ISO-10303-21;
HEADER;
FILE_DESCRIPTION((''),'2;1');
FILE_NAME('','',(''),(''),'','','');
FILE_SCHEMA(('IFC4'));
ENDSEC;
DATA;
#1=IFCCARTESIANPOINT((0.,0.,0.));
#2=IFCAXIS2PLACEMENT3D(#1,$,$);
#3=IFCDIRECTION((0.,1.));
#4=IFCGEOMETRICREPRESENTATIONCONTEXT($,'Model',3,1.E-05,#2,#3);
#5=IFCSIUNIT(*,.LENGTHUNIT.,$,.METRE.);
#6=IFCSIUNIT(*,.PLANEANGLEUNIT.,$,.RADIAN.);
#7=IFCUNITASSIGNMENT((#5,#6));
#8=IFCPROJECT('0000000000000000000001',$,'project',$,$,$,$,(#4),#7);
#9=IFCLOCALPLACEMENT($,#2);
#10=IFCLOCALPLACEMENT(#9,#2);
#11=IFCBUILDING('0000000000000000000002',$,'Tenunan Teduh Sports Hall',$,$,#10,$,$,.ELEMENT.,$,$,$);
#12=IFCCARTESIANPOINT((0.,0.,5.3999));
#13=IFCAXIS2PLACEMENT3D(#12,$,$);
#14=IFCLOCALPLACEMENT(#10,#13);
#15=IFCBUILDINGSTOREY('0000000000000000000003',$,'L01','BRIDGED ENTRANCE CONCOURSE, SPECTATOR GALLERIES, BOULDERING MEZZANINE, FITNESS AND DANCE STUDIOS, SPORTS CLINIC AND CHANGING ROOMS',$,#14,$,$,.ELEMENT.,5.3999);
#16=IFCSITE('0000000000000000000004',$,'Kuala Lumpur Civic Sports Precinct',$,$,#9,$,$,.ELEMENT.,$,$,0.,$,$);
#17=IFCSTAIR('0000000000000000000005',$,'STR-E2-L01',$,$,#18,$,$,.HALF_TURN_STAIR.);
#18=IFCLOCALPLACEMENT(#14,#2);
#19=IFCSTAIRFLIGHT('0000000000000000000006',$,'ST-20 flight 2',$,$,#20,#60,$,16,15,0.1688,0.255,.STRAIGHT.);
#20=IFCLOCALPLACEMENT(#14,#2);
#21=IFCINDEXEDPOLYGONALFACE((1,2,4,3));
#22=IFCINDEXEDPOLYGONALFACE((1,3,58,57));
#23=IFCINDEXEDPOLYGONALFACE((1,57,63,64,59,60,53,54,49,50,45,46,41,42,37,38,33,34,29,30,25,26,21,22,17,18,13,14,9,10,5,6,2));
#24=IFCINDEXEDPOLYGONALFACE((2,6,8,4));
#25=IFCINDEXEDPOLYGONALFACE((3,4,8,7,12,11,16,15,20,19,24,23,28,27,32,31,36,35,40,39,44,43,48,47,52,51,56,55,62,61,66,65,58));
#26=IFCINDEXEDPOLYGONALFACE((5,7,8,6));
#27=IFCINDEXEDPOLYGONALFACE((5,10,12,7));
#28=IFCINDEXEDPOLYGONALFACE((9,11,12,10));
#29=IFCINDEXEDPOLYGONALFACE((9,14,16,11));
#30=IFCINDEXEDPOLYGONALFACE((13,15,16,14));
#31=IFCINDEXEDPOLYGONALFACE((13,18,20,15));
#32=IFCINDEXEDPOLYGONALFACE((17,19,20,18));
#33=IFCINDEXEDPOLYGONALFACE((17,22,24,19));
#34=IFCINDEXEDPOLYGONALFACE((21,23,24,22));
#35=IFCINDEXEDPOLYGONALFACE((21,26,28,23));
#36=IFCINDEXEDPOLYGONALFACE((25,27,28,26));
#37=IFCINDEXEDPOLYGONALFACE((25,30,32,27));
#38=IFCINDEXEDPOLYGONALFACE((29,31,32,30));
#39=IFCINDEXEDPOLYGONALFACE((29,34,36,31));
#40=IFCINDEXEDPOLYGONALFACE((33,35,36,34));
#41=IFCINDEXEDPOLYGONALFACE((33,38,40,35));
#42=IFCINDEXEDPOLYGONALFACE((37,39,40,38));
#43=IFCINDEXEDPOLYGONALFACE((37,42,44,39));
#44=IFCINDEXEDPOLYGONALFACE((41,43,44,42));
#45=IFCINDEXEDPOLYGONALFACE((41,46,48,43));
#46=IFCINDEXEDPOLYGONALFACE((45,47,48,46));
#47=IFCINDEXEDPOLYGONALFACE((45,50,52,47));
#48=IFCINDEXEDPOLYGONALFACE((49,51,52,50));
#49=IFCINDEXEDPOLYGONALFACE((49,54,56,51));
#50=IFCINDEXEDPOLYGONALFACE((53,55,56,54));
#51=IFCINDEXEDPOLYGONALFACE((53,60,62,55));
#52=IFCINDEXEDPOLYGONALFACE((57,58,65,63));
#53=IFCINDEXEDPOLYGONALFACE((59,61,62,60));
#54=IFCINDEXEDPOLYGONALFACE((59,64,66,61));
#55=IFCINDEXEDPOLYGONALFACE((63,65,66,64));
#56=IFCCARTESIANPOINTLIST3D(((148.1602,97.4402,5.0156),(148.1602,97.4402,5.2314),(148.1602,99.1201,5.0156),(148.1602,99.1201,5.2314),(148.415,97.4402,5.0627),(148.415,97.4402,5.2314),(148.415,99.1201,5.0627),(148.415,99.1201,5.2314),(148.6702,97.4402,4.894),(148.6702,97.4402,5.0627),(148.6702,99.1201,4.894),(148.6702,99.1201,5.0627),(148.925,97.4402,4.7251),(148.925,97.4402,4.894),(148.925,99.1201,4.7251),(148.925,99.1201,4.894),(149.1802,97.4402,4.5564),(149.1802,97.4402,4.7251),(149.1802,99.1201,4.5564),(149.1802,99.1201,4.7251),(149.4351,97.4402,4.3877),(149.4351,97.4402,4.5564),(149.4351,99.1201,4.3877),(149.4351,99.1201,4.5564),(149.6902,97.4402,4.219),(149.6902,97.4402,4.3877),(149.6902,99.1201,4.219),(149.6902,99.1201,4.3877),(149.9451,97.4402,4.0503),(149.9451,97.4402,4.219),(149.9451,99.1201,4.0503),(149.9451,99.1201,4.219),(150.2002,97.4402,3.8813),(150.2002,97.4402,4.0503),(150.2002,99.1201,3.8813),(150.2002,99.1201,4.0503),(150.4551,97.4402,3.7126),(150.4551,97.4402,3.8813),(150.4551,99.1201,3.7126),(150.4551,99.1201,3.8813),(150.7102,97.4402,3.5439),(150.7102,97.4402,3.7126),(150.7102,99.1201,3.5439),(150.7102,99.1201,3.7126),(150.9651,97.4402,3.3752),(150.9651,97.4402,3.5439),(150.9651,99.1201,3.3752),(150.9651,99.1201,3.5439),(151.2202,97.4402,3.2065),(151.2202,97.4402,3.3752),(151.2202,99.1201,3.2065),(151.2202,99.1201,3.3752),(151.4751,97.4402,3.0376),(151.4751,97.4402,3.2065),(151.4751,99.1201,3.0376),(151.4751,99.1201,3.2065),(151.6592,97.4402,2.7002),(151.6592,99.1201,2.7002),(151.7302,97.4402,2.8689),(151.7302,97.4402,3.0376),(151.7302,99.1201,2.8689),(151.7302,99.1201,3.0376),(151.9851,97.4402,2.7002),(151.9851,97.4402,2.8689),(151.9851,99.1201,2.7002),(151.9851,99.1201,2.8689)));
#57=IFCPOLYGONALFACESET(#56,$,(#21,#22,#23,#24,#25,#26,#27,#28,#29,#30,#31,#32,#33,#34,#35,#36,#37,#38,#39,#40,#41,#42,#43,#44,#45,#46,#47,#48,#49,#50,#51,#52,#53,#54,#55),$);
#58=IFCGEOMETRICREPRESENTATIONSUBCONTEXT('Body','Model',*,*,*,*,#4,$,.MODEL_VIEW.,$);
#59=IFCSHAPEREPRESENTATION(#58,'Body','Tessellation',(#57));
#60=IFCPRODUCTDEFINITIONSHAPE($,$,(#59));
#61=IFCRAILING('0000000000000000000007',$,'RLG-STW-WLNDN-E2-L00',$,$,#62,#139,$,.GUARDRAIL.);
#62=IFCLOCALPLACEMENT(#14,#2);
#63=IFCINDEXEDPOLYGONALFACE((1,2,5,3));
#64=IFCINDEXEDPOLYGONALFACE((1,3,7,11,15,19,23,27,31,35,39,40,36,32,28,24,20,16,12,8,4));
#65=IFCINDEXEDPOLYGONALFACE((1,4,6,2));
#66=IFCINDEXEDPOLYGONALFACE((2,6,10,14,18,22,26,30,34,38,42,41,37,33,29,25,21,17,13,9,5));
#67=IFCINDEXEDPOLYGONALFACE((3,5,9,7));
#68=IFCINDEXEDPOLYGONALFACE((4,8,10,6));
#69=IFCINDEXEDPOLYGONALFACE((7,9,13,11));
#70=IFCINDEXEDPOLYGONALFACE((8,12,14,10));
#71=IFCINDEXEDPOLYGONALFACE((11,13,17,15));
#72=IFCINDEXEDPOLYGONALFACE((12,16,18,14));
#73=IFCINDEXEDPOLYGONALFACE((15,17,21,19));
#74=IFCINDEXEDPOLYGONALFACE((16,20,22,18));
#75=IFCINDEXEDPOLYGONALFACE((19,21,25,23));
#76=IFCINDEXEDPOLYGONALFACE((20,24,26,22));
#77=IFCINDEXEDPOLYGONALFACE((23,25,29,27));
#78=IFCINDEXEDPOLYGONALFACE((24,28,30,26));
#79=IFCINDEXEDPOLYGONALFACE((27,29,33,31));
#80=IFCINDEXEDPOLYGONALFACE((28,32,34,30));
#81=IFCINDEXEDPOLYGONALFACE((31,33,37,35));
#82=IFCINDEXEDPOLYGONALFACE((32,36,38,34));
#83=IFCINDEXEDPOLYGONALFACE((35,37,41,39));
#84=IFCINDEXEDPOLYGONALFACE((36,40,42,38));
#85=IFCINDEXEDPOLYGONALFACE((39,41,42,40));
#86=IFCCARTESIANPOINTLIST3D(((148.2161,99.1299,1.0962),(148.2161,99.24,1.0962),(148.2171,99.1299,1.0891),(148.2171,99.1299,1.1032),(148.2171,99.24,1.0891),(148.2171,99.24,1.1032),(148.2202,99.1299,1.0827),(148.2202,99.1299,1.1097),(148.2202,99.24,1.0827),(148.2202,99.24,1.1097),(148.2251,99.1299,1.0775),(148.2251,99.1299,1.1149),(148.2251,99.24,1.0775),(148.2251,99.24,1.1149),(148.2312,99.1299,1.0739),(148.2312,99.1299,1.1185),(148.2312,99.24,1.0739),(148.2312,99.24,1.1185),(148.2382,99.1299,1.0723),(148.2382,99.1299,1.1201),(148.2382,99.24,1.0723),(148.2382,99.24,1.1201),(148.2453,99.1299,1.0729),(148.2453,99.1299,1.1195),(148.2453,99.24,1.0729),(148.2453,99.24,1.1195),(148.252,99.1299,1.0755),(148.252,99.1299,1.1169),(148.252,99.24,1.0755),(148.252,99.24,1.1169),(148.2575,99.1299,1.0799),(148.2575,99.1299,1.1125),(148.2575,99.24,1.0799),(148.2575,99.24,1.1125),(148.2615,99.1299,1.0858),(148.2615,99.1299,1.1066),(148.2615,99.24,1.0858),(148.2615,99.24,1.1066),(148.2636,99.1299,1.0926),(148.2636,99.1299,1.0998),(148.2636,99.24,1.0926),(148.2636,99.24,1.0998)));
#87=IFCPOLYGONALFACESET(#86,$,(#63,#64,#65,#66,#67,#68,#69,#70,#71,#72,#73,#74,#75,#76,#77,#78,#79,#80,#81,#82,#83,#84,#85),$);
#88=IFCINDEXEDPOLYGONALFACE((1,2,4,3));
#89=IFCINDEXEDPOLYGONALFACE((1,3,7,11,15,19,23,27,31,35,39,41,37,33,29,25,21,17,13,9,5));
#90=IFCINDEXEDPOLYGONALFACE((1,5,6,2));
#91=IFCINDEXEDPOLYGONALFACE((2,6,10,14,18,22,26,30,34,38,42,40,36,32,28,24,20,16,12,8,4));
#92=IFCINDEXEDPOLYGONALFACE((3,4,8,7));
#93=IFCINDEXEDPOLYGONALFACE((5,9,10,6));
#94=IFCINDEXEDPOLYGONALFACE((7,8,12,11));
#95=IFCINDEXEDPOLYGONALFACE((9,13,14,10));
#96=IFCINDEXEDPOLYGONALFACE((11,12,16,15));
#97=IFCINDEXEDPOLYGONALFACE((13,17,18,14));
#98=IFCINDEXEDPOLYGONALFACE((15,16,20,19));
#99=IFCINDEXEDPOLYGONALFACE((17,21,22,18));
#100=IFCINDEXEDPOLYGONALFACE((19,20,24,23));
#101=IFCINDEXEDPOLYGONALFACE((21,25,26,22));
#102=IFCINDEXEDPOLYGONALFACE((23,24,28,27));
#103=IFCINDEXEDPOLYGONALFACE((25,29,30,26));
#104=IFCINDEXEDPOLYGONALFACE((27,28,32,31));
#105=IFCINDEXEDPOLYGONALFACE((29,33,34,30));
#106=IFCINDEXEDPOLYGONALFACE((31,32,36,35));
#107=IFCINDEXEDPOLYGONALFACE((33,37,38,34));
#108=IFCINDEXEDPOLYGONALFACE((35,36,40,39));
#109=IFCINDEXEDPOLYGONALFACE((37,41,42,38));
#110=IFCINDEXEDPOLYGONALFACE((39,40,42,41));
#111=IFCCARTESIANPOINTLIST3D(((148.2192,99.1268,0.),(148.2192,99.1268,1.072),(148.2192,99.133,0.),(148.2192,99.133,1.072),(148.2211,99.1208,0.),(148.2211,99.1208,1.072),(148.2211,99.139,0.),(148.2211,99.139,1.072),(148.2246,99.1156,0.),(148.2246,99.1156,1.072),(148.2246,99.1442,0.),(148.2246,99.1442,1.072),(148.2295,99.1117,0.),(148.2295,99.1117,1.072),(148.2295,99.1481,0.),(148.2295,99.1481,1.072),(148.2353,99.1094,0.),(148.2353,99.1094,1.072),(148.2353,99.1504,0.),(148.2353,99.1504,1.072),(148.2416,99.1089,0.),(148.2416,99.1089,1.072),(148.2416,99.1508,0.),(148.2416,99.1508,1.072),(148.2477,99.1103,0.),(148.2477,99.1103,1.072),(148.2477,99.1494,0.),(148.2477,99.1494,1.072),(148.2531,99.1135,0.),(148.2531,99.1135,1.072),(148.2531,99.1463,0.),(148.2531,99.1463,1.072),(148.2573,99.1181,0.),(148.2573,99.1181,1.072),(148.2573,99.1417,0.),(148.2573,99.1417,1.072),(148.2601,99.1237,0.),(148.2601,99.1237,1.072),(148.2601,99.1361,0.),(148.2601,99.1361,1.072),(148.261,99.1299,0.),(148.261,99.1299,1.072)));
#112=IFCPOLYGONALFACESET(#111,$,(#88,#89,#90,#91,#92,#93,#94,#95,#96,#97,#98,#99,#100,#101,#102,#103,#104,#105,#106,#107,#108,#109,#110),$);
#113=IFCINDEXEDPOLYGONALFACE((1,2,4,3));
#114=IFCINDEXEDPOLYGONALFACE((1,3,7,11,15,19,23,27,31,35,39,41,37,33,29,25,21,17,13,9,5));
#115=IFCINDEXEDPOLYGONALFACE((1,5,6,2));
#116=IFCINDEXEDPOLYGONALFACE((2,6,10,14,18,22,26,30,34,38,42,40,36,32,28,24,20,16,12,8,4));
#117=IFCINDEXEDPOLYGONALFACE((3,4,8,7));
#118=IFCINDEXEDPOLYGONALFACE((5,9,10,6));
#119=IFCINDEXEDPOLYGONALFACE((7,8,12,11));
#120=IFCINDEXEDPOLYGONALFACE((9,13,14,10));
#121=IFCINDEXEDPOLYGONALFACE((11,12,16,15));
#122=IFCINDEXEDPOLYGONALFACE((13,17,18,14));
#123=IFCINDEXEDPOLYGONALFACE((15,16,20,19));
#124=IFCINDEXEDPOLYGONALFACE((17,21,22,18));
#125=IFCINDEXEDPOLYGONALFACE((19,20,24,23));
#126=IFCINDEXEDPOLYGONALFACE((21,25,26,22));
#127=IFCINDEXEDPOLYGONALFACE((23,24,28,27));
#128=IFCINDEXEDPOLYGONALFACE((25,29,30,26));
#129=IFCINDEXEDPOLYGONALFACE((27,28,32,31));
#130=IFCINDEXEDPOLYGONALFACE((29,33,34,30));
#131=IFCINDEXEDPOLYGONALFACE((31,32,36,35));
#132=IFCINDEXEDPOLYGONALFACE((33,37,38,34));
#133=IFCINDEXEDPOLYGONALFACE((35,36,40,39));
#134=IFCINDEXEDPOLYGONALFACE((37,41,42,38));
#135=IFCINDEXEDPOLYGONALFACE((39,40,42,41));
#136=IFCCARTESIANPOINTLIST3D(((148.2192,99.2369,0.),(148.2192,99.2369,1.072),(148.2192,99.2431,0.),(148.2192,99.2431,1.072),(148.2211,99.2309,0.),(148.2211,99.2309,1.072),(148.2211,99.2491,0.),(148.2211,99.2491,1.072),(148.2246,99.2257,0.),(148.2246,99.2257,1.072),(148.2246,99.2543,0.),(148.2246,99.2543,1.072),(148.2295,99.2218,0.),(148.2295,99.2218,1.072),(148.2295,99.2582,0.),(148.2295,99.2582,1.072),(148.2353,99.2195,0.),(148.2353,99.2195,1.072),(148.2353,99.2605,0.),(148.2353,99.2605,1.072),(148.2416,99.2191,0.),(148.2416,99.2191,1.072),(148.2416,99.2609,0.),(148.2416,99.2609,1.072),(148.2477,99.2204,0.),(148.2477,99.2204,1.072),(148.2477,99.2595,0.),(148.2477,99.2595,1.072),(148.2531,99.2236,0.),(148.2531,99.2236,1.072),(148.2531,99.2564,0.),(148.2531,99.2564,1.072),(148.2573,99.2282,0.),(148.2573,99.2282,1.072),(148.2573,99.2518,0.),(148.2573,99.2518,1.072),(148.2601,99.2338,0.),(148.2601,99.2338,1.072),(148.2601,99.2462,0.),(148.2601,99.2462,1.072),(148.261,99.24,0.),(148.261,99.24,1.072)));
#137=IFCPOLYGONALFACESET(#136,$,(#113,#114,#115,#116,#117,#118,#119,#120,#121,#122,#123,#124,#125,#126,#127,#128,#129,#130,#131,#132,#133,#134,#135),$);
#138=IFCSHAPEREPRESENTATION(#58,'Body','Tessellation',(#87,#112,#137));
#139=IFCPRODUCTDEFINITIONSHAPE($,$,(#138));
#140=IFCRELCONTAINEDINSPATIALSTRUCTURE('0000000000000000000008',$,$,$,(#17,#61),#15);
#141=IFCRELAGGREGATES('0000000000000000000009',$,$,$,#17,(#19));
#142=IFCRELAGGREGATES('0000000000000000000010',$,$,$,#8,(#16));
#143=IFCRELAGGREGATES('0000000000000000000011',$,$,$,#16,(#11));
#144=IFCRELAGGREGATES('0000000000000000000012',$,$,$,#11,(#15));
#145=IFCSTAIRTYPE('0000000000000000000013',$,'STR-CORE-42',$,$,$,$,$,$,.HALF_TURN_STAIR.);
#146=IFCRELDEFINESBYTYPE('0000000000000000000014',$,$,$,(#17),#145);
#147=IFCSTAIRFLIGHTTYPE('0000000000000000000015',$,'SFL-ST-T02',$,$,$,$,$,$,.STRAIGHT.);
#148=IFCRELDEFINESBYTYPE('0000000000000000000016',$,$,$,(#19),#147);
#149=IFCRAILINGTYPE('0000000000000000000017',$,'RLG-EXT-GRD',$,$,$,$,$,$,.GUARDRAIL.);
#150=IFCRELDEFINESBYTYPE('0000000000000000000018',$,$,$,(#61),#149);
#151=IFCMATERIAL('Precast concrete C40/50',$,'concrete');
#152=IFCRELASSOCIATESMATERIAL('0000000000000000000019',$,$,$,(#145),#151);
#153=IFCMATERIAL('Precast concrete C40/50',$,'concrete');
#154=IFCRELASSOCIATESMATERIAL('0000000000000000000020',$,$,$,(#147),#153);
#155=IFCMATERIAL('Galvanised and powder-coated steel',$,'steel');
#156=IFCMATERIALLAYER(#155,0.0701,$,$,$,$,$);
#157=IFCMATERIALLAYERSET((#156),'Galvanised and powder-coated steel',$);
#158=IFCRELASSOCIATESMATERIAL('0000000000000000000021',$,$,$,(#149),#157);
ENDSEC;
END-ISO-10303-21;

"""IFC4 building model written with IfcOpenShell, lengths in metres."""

from ifc_helpers import new_model, si_unit, direction, frame, origin, origin_2d, place, context, subcontext, project, spatial, polyline, circle, outline, extrude, material, layer, layer_set, type_object, element, aggregate, save


model = new_model("IFC4")

# Units and contexts
model_context = context("Model", 3, precision=1e-05, world=origin(), true_north=direction((0.0, 1.0)))
body_context = subcontext(model_context, "Body", "Model", "MODEL_VIEW")
ifc_project = project(units=[si_unit("LENGTHUNIT", "METRE"), si_unit("PLANEANGLEUNIT", "RADIAN")], contexts=[model_context])

# Site, building, storey
site_placement = place(None, origin())
site = spatial("IfcSite", under=ifc_project, at=site_placement, Name="Kuala Lumpur Civic Sports Precinct", CompositionType="ELEMENT", RefElevation=0.0)
building_placement = place(site_placement, origin())
building = spatial("IfcBuilding", under=site, at=building_placement, Name="Tenunan Teduh Sports Hall", CompositionType="ELEMENT")
storey_placement = place(building_placement, frame((0.0, 0.0, 5.3999)))
storey = spatial("IfcBuildingStorey", under=building, at=storey_placement, Name="L01", Description="BRIDGED ENTRANCE CONCOURSE, SPECTATOR GALLERIES, BOULDERING MEZZANINE, FITNESS AND DANCE STUDIOS, SPORTS CLINIC AND CHANGING ROOMS", CompositionType="ELEMENT", Elevation=5.3999)

# Stair, stair flight
ifc_material_1 = material(Name="Precast concrete C40/50", Category="concrete")
stair_type = type_object("IfcStairType", Name="STR-CORE-42", PredefinedType="HALF_TURN_STAIR", material=ifc_material_1)
stair_placement = place(storey_placement, origin())
stair = element("IfcStair", 1, at=stair_placement, inside=storey, type_object=stair_type, Name="STR-E2-L01", PredefinedType="HALF_TURN_STAIR")
ifc_material_2 = material(Name="Precast concrete C40/50", Category="concrete")
stair_flight_type = type_object("IfcStairFlightType", Name="SFL-ST-T02", PredefinedType="STRAIGHT", material=ifc_material_2)
stair_flight_placement = place(storey_placement, frame((151.9851, 98.28, 2.7002), z_axis=(0.0, 0.0, 1.0), x_axis=(-1.0, 0.0, 0.0)))
stair_flight = element("IfcStairFlight", 2, at=stair_flight_placement, type_object=stair_flight_type, Name="ST-20 flight 2", NumberOfRisers=16, NumberOfTreads=15, PredefinedType="STRAIGHT", RiserHeight=0.1688, TreadLength=0.255, context=body_context, shape_type="SweptSolid", body=[
    extrude(outline(polyline([(0.0, 0.0), (0.0, 0.1687), (0.2549, 0.1687), (0.2549, 0.3374), (0.51, 0.3374), (0.51, 0.5063), (0.7649, 0.5063), (0.7649, 0.675), (1.02, 0.675), (1.02, 0.8438), (1.2749, 0.8438), (1.2749, 1.0125), (1.53, 1.0125), (1.53, 1.1812), (1.7849, 1.1812), (1.7849, 1.3501), (2.04, 1.3501), (2.04, 1.5188), (2.2949, 1.5188), (2.2949, 1.6875), (2.55, 1.6875), (2.55, 1.8562), (2.8049, 1.8562), (2.8049, 2.0249), (3.0601, 2.0249), (3.0601, 2.1938), (3.3149, 2.1938), (3.3149, 2.3625), (3.5701, 2.3625), (3.5701, 2.5312), (3.825, 2.5312), (3.825, 2.7), (3.825, 2.3154), (0.3259, 0.0), (0.0, 0.0)])), frame((0.0, 0.8398, 0.0), z_axis=(0.0, -1.0, 0.0), x_axis=(1.0, 0.0, 0.0)), (0.0, 0.0, 1.0), 1.6799),
])
aggregate(stair, [stair_flight])

# Railing
ifc_material_3 = material(Name="Galvanised and powder-coated steel", Category="steel")
ifc_layer_1 = layer(ifc_material_3, 0.0701)
ifc_layer_set_1 = layer_set([ifc_layer_1], Name="Galvanised and powder-coated steel")
railing_type = type_object("IfcRailingType", Name="RLG-EXT-GRD", PredefinedType="GUARDRAIL", material=ifc_layer_set_1)
railing_1_placement = place(storey_placement, frame((148.24, 99.1299, 0.0)))
element("IfcRailing", 3, at=railing_1_placement, inside=storey, type_object=railing_type, Name="RLG-STW-WLNDN-E2-L00", PredefinedType="GUARDRAIL", context=body_context, shape_type="SweptSolid", body=[
    extrude(circle(Radius=0.0239, at=origin_2d()), frame((0.0, 0.0, 1.0962), z_axis=(0.0, 1.0, 0.0), x_axis=(-1.0, 0.0, 0.0)), (0.0, 0.0, 1.0), 0.1101),
    extrude(circle(Radius=0.021, at=origin_2d()), origin(), (0.0, 0.0, 1.0), 1.072),
    extrude(circle(Radius=0.021, at=origin_2d()), frame((0.0, 0.1101, 0.0)), (0.0, 0.0, 1.0), 1.072),
])

save(model, "model.ifc")
